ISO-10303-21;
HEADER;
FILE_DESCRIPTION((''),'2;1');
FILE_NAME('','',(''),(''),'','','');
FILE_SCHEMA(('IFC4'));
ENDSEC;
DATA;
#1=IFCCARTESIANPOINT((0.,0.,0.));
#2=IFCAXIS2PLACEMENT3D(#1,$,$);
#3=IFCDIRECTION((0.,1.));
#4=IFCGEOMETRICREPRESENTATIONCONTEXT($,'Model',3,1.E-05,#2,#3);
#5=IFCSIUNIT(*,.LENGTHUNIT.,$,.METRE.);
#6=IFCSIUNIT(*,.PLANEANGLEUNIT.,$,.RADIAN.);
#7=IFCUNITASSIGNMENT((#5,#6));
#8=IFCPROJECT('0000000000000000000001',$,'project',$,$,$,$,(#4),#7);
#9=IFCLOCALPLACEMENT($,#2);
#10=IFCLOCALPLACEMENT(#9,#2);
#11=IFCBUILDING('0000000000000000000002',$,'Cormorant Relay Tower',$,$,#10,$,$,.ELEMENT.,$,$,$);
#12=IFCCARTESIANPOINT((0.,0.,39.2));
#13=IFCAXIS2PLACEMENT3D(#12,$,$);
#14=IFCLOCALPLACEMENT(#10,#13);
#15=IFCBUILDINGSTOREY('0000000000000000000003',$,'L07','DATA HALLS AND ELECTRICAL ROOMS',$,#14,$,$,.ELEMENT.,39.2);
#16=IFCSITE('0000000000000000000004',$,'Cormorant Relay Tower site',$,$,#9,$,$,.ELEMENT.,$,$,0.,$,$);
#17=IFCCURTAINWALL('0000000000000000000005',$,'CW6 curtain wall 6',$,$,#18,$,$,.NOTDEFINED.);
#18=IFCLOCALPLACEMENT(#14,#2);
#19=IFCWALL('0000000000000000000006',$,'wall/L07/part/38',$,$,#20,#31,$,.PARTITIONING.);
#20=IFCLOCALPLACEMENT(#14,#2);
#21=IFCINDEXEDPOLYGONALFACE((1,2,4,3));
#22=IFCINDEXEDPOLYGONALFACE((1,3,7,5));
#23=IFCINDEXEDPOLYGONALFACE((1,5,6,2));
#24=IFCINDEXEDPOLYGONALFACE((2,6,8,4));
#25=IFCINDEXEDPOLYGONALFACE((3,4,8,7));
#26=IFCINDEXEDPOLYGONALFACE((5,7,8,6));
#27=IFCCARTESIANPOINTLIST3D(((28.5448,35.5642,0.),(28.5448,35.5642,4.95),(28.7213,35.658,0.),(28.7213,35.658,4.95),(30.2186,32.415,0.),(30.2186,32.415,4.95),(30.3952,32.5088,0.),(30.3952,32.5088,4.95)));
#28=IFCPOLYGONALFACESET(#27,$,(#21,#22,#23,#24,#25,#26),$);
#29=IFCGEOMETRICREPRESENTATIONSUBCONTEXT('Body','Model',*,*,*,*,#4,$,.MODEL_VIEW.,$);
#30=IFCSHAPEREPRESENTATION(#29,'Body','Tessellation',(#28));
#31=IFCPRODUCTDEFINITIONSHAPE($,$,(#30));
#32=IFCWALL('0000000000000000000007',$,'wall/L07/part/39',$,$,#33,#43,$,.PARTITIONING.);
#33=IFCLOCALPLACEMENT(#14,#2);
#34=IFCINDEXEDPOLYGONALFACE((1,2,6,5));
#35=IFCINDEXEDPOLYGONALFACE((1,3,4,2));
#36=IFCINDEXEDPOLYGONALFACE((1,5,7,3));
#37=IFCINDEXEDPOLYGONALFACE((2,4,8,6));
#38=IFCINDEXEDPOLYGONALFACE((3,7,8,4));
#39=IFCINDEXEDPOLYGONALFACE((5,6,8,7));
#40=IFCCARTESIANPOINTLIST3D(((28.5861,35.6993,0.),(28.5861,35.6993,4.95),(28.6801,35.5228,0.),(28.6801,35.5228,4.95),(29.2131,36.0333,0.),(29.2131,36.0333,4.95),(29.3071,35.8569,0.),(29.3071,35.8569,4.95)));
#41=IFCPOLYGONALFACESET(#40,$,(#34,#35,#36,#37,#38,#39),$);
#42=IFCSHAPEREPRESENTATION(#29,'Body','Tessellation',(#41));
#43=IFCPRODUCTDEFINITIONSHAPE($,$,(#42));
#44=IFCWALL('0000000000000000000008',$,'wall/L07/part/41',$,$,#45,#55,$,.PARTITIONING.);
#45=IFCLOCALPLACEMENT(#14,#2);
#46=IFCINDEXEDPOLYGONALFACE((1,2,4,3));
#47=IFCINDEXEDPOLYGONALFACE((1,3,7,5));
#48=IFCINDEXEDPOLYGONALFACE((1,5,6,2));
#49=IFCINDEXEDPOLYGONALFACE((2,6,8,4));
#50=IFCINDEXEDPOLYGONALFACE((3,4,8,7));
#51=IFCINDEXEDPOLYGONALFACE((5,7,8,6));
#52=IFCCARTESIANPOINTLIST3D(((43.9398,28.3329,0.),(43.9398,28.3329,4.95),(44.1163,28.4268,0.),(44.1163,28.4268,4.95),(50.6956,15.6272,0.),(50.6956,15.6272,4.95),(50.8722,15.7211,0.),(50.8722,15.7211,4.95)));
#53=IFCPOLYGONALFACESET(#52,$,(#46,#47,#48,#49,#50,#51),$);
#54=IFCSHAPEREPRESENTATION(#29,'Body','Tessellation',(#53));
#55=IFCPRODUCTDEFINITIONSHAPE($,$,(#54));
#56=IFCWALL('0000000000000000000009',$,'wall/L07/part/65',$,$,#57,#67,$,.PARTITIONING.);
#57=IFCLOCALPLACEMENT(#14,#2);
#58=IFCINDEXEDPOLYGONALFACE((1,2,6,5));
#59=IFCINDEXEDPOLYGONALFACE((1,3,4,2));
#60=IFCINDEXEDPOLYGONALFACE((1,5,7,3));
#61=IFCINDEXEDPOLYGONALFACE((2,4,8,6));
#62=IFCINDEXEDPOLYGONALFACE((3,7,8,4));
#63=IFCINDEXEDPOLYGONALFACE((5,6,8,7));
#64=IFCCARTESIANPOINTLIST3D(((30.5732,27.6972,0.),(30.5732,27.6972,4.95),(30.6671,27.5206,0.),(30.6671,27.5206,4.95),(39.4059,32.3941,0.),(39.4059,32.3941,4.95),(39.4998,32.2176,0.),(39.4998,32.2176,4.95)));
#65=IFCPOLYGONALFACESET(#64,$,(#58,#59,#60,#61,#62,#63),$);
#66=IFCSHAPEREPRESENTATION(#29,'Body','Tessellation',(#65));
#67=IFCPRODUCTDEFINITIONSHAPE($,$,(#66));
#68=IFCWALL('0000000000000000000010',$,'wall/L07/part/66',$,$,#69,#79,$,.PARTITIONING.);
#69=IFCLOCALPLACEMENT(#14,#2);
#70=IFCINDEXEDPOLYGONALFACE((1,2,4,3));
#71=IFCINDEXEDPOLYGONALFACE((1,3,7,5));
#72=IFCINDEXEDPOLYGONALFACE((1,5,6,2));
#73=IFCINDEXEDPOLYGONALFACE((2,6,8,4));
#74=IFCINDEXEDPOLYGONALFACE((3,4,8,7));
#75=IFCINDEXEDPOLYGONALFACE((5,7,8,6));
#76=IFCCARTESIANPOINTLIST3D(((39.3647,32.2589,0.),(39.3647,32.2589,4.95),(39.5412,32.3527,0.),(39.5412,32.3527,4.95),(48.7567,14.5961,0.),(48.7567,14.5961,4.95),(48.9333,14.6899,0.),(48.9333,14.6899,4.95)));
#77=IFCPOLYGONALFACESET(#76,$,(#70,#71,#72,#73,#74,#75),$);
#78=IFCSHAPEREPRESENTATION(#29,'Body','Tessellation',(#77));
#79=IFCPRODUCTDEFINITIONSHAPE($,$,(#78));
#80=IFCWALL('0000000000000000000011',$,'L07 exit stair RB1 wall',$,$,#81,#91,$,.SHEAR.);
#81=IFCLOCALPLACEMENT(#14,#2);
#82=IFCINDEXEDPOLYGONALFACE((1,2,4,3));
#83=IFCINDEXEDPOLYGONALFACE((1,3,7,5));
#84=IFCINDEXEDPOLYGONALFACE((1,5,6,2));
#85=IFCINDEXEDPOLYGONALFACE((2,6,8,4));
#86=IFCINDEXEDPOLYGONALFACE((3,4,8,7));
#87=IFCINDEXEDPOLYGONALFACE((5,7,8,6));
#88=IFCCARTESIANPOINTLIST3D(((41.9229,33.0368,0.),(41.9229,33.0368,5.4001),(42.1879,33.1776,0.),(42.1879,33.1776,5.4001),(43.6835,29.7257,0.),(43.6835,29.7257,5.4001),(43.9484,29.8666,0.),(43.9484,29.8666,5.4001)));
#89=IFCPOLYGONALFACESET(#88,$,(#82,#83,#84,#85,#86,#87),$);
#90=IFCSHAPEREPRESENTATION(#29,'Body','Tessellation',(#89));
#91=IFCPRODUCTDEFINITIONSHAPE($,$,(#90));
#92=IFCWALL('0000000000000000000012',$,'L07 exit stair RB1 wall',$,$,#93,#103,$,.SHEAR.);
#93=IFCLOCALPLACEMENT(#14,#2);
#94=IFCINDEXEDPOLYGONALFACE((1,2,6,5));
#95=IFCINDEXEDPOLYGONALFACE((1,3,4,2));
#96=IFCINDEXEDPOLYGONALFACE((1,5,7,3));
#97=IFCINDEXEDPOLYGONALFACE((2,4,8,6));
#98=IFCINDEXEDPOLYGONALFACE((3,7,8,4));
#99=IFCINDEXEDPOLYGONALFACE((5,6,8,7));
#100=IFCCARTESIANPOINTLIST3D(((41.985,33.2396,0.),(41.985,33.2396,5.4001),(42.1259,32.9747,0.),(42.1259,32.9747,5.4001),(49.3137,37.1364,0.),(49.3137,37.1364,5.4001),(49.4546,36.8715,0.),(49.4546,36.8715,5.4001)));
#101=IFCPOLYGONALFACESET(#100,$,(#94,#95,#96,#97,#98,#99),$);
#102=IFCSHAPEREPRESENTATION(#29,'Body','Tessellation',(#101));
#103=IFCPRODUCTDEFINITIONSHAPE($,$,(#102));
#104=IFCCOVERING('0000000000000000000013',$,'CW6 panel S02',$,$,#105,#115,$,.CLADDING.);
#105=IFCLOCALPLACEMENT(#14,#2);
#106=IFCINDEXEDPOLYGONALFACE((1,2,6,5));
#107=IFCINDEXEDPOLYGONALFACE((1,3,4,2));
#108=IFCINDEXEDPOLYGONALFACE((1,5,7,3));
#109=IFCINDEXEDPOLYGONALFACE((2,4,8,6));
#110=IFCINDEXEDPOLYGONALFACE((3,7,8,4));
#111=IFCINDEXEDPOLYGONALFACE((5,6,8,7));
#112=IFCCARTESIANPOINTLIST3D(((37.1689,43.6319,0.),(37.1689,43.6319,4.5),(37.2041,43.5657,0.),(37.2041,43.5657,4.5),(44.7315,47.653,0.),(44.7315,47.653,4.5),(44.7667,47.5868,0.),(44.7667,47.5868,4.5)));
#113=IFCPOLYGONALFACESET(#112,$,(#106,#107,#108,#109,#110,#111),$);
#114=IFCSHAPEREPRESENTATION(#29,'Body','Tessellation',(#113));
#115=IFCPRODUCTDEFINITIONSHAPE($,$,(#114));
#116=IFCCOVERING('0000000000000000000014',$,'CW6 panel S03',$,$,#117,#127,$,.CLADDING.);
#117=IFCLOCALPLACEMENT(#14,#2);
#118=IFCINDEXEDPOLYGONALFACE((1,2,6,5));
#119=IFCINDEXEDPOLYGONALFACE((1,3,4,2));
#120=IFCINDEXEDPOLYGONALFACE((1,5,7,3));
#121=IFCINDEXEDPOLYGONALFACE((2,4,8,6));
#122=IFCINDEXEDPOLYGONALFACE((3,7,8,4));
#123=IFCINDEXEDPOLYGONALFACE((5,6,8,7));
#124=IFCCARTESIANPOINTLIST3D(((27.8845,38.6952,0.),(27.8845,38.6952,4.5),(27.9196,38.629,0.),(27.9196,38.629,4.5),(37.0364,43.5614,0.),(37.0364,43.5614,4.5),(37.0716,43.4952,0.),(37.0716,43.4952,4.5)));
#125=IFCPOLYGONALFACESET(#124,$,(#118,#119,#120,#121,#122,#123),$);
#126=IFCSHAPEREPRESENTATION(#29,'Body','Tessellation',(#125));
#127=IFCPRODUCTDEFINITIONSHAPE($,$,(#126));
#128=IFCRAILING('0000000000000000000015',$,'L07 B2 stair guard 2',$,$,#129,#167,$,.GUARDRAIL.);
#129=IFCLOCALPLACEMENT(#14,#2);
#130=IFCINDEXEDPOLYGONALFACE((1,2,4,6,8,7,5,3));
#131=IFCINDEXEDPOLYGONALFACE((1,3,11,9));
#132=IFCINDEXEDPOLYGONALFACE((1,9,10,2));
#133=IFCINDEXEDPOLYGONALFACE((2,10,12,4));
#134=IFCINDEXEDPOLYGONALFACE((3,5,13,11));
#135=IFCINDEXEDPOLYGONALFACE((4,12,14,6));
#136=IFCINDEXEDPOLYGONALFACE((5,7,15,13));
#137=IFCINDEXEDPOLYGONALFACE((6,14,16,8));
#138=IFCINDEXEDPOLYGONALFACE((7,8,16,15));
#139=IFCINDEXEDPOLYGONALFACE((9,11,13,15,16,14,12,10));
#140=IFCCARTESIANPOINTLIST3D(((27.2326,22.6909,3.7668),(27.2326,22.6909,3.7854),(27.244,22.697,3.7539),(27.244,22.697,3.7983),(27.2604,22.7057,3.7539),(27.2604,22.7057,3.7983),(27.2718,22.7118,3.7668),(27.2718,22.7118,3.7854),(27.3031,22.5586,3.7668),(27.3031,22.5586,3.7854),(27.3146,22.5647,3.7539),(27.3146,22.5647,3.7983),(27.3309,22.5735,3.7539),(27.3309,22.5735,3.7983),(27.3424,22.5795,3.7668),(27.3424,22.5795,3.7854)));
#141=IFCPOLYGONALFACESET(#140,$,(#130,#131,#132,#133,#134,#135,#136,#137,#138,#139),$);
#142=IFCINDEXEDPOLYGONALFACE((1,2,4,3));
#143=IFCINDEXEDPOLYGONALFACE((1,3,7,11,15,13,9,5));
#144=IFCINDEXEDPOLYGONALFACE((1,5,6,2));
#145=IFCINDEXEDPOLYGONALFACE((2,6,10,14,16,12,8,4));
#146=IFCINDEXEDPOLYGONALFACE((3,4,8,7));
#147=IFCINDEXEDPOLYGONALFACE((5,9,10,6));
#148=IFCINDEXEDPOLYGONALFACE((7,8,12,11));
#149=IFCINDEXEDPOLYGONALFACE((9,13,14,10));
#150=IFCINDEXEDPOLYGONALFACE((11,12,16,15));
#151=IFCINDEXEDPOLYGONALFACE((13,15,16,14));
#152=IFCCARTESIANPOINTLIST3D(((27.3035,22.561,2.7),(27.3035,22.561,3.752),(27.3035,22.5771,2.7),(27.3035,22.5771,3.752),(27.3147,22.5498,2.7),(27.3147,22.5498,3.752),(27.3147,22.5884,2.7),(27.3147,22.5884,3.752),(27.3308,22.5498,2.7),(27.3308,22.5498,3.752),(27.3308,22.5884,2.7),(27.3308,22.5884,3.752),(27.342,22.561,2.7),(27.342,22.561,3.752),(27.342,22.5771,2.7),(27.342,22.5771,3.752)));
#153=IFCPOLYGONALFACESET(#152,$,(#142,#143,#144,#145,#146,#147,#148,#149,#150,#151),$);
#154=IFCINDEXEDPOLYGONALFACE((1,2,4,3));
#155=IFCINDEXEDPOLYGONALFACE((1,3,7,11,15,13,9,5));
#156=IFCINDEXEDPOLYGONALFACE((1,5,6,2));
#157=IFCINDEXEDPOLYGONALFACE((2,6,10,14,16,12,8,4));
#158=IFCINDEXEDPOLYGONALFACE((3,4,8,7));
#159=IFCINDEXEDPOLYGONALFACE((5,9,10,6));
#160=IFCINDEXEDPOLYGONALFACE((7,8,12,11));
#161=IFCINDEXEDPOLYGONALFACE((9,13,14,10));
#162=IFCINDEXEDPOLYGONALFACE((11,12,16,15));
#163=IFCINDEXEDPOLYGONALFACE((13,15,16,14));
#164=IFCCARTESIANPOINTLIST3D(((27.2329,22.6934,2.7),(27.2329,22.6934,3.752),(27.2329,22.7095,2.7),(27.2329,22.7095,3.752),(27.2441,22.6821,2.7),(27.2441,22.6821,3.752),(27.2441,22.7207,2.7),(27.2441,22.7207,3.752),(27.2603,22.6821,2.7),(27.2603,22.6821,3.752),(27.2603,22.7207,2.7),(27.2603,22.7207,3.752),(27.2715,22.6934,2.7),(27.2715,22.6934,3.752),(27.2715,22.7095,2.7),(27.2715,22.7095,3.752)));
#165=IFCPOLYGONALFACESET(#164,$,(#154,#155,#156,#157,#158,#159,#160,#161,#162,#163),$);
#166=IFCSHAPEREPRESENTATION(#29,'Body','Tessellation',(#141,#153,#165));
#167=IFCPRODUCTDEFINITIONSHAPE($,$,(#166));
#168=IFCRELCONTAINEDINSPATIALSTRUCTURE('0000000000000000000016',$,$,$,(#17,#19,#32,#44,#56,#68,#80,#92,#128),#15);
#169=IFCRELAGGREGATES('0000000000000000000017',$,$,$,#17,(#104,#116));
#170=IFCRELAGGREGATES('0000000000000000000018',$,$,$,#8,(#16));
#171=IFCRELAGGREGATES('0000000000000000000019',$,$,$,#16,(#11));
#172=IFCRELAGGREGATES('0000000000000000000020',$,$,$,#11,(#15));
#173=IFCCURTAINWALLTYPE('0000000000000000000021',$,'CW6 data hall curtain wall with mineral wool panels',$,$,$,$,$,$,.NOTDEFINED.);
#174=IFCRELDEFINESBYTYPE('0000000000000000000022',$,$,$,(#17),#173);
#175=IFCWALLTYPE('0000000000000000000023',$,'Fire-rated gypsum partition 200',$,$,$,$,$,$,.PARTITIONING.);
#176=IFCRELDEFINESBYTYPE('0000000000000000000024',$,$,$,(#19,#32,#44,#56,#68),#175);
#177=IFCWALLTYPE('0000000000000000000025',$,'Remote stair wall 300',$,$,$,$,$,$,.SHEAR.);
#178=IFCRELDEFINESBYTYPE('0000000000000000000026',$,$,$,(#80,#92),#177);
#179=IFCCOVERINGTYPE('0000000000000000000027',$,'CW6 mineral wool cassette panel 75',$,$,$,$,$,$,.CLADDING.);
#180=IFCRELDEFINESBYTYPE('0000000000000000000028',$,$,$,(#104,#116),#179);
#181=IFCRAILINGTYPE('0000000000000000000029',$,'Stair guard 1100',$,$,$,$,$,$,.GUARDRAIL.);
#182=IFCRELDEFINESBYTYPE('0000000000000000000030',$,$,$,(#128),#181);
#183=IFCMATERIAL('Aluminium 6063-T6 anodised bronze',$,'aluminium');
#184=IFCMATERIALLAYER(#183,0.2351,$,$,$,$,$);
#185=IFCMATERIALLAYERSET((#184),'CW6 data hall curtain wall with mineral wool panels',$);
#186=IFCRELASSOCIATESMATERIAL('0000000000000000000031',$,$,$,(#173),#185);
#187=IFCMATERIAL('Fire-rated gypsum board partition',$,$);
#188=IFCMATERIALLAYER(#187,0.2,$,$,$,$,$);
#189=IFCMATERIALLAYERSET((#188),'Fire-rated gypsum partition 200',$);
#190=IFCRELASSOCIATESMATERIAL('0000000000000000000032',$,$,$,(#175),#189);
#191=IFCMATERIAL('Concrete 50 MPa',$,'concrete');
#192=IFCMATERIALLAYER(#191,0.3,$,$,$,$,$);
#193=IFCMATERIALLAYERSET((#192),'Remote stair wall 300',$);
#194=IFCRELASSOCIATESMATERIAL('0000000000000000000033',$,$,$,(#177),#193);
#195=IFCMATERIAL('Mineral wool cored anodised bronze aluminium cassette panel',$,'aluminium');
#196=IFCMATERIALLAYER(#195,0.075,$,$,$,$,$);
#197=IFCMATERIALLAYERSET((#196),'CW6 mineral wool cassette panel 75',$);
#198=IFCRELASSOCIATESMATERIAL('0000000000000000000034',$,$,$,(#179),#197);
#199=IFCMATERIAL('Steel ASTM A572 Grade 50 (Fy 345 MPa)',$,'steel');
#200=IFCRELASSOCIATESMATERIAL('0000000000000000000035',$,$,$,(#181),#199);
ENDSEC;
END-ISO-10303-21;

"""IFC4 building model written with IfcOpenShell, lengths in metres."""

from ifc_helpers import new_model, si_unit, direction, frame, frame_2d, origin, origin_2d, place, context, subcontext, project, spatial, polyline, rectangle, outline, extrude, material, layer, layer_set, type_object, element, aggregate, save


model = new_model("IFC4")

# Units and contexts
model_context = context("Model", 3, precision=1e-05, world=origin(), true_north=direction((0.0, 1.0)))
body_context = subcontext(model_context, "Body", "Model", "MODEL_VIEW")
ifc_project = project(units=[si_unit("LENGTHUNIT", "METRE"), si_unit("PLANEANGLEUNIT", "RADIAN")], contexts=[model_context])

# Site, building, storey
site_placement = place(None, origin())
site = spatial("IfcSite", under=ifc_project, at=site_placement, Name="Cormorant Relay Tower site", CompositionType="ELEMENT", RefElevation=0.0)
building_placement = place(site_placement, origin())
building = spatial("IfcBuilding", under=site, at=building_placement, Name="Cormorant Relay Tower", CompositionType="ELEMENT")
storey_placement = place(building_placement, frame((0.0, 0.0, 39.2)))
storey = spatial("IfcBuildingStorey", under=building, at=storey_placement, Name="L07", Description="DATA HALLS AND ELECTRICAL ROOMS", CompositionType="ELEMENT", Elevation=39.2)

# Curtain wall
ifc_material_1 = material(Name="Aluminium 6063-T6 anodised bronze", Category="aluminium")
ifc_layer_1 = layer(ifc_material_1, 0.2351)
ifc_layer_set_1 = layer_set([ifc_layer_1], Name="CW6 data hall curtain wall with mineral wool panels")
curtain_wall_type = type_object("IfcCurtainWallType", Name="CW6 data hall curtain wall with mineral wool panels", PredefinedType="NOTDEFINED", material=ifc_layer_set_1)
curtain_wall_placement = place(storey_placement, origin())
curtain_wall = element("IfcCurtainWall", 1, at=curtain_wall_placement, inside=storey, type_object=curtain_wall_type, Name="CW6 curtain wall 6", PredefinedType="NOTDEFINED")

# Walls
ifc_material_2 = material(Name="Fire-rated gypsum board partition")
ifc_layer_2 = layer(ifc_material_2, 0.2)
ifc_layer_set_2 = layer_set([ifc_layer_2], Name="Fire-rated gypsum partition 200")
wall_type_1 = type_object("IfcWallType", Name="Fire-rated gypsum partition 200", PredefinedType="PARTITIONING", material=ifc_layer_set_2)
wall_1_placement = place(storey_placement, frame((30.3069, 32.4619, 0.0), z_axis=(0.0, 0.0, 1.0), x_axis=(-0.469337, 0.883019, 0.0)))
element("IfcWall", 2, at=wall_1_placement, inside=storey, type_object=wall_type_1, Name="wall/L07/part/38", PredefinedType="PARTITIONING", context=body_context, shape_type="SweptSolid", body=[
    extrude(rectangle(XDim=3.5664, YDim=0.2, at=frame_2d((1.7832, 0.0))), origin(), (0.0, 0.0, 1.0), 4.95),
])
wall_2_placement = place(storey_placement, frame((28.6331, 35.6111, 0.0), z_axis=(0.0, 0.0, 1.0), x_axis=(0.882581, 0.47016, 0.0)))
element("IfcWall", 3, at=wall_2_placement, inside=storey, type_object=wall_type_1, Name="wall/L07/part/39", PredefinedType="PARTITIONING", context=body_context, shape_type="SweptSolid", body=[
    extrude(rectangle(XDim=0.7104, YDim=0.2, at=frame_2d((0.3552, 0.0))), origin(), (0.0, 0.0, 1.0), 4.95),
])
wall_3_placement = place(storey_placement, frame((44.0281, 28.3799, 0.0), z_axis=(0.0, 0.0, 1.0), x_axis=(0.469475, -0.882946, 0.0)))
element("IfcWall", 4, at=wall_3_placement, inside=storey, type_object=wall_type_1, Name="wall/L07/part/41", PredefinedType="PARTITIONING", context=body_context, shape_type="SweptSolid", body=[
    extrude(rectangle(XDim=14.3901, YDim=0.2, at=frame_2d((7.1951, 0.0))), origin(), (0.0, 0.0, 1.0), 4.95),
])
wall_4_placement = place(storey_placement, frame((30.6201, 27.6089, 0.0), z_axis=(0.0, 0.0, 1.0), x_axis=(0.882924, 0.469515, 0.0)))
element("IfcWall", 5, at=wall_4_placement, inside=storey, type_object=wall_type_1, Name="wall/L07/part/65", PredefinedType="PARTITIONING", context=body_context, shape_type="SweptSolid", body=[
    extrude(rectangle(XDim=10.0039, YDim=0.2, at=frame_2d((5.002, 0.0))), origin(), (0.0, 0.0, 1.0), 4.95),
])
wall_5_placement = place(storey_placement, frame((39.4529, 32.3059, 0.0), z_axis=(0.0, 0.0, 1.0), x_axis=(0.469495, -0.882935, 0.0)))
element("IfcWall", 6, at=wall_5_placement, inside=storey, type_object=wall_type_1, Name="wall/L07/part/66", PredefinedType="PARTITIONING", context=body_context, shape_type="SweptSolid", body=[
    extrude(rectangle(XDim=20.0046, YDim=0.2, at=frame_2d((10.0024, 0.0))), origin(), (0.0, 0.0, 1.0), 4.95),
])
ifc_material_3 = material(Name="Concrete 50 MPa", Category="concrete")
ifc_layer_3 = layer(ifc_material_3, 0.3)
ifc_layer_set_3 = layer_set([ifc_layer_3], Name="Remote stair wall 300")
wall_type_2 = type_object("IfcWallType", Name="Remote stair wall 300", PredefinedType="SHEAR", material=ifc_layer_set_3)
wall_6_placement = place(storey_placement, frame((43.8159, 29.7961, 0.0), z_axis=(0.0, 0.0, 1.0), x_axis=(-0.469469, 0.882949, 0.0)))
element("IfcWall", 7, at=wall_6_placement, inside=storey, type_object=wall_type_2, Name="L07 exit stair RB1 wall", PredefinedType="SHEAR", context=body_context, shape_type="SweptSolid", body=[
    extrude(rectangle(XDim=3.75, YDim=0.3, at=frame_2d((1.875, 0.0))), origin(), (0.0, 0.0, 1.0), 5.4001),
])
wall_7_placement = place(storey_placement, frame((42.0554, 33.1072, 0.0), z_axis=(0.0, 0.0, 1.0), x_axis=(0.882946, 0.469475, 0.0)))
element("IfcWall", 8, at=wall_7_placement, inside=storey, type_object=wall_type_2, Name="L07 exit stair RB1 wall", PredefinedType="SHEAR", context=body_context, shape_type="SweptSolid", body=[
    extrude(rectangle(XDim=8.3003, YDim=0.3, at=frame_2d((4.1501, 0.0))), origin(), (0.0, 0.0, 1.0), 5.4001),
])

# Coverings
ifc_material_4 = material(Name="Mineral wool cored anodised bronze aluminium cassette panel", Category="aluminium")
ifc_layer_4 = layer(ifc_material_4, 0.075)
ifc_layer_set_4 = layer_set([ifc_layer_4], Name="CW6 mineral wool cassette panel 75")
covering_type = type_object("IfcCoveringType", Name="CW6 mineral wool cassette panel 75", PredefinedType="CLADDING", material=ifc_layer_set_4)
covering_1_placement = place(storey_placement, frame((40.9678, 45.6094, 0.0), z_axis=(0.0, 0.0, 1.0), x_axis=(-0.882948, -0.469472, 0.0)))
covering_1 = element("IfcCovering", 9, at=covering_1_placement, type_object=covering_type, Name="CW6 panel S02", PredefinedType="CLADDING", context=body_context, shape_type="SweptSolid", body=[
    extrude(rectangle(XDim=8.5652, YDim=0.075, at=origin_2d()), origin(), (0.0, 0.0, 1.0), 4.5),
])
covering_2_placement = place(storey_placement, frame((32.478, 41.0952, 0.0), z_axis=(0.0, 0.0, 1.0), x_axis=(-0.882948, -0.469472, 0.0)))
covering_2 = element("IfcCovering", 10, at=covering_2_placement, type_object=covering_type, Name="CW6 panel S03", PredefinedType="CLADDING", context=body_context, shape_type="SweptSolid", body=[
    extrude(rectangle(XDim=10.3652, YDim=0.075, at=origin_2d()), origin(), (0.0, 0.0, 1.0), 4.5),
])
aggregate(curtain_wall, [covering_1, covering_2])

# Railing
ifc_material_5 = material(Name="Steel ASTM A572 Grade 50 (Fy 345 MPa)", Category="steel")
railing_type = type_object("IfcRailingType", Name="Stair guard 1100", PredefinedType="GUARDRAIL", material=ifc_material_5)
railing_1_placement = place(storey_placement, frame((27.3228, 22.5691, 2.7)))
element("IfcRailing", 11, at=railing_1_placement, inside=storey, type_object=railing_type, Name="L07 B2 stair guard 2", PredefinedType="GUARDRAIL", context=body_context, shape_type="SweptSolid", body=[
    extrude(outline(polyline([(0.0222, 0.0093), (0.0093, 0.0222), (-0.0093, 0.0222), (-0.0222, 0.0093), (-0.0222, -0.0093), (-0.0093, -0.0222), (0.0093, -0.0222), (0.0222, -0.0093), (0.0222, 0.0093)])), frame((0.0, 0.0, 1.0762), z_axis=(-0.470504, 0.882398, 0.0), x_axis=(-0.882398, -0.470504, 0.0)), (0.0, 0.0, 1.0), 0.1499),
    extrude(outline(polyline([(0.0193, 0.0081), (0.0081, 0.0193), (-0.0081, 0.0193), (-0.0193, 0.0081), (-0.0193, -0.0081), (-0.0081, -0.0193), (0.0081, -0.0193), (0.0193, -0.0081), (0.0193, 0.0081)])), origin(), (0.0, 0.0, 1.0), 1.052),
    extrude(outline(polyline([(0.0193, 0.0081), (0.0081, 0.0193), (-0.0081, 0.0193), (-0.0193, 0.0081), (-0.0193, -0.0081), (-0.0081, -0.0193), (0.0081, -0.0193), (0.0193, -0.0081), (0.0193, 0.0081)])), frame((-0.0706, 0.1323, 0.0)), (0.0, 0.0, 1.0), 1.052),
])

save(model, "model.ifc")
